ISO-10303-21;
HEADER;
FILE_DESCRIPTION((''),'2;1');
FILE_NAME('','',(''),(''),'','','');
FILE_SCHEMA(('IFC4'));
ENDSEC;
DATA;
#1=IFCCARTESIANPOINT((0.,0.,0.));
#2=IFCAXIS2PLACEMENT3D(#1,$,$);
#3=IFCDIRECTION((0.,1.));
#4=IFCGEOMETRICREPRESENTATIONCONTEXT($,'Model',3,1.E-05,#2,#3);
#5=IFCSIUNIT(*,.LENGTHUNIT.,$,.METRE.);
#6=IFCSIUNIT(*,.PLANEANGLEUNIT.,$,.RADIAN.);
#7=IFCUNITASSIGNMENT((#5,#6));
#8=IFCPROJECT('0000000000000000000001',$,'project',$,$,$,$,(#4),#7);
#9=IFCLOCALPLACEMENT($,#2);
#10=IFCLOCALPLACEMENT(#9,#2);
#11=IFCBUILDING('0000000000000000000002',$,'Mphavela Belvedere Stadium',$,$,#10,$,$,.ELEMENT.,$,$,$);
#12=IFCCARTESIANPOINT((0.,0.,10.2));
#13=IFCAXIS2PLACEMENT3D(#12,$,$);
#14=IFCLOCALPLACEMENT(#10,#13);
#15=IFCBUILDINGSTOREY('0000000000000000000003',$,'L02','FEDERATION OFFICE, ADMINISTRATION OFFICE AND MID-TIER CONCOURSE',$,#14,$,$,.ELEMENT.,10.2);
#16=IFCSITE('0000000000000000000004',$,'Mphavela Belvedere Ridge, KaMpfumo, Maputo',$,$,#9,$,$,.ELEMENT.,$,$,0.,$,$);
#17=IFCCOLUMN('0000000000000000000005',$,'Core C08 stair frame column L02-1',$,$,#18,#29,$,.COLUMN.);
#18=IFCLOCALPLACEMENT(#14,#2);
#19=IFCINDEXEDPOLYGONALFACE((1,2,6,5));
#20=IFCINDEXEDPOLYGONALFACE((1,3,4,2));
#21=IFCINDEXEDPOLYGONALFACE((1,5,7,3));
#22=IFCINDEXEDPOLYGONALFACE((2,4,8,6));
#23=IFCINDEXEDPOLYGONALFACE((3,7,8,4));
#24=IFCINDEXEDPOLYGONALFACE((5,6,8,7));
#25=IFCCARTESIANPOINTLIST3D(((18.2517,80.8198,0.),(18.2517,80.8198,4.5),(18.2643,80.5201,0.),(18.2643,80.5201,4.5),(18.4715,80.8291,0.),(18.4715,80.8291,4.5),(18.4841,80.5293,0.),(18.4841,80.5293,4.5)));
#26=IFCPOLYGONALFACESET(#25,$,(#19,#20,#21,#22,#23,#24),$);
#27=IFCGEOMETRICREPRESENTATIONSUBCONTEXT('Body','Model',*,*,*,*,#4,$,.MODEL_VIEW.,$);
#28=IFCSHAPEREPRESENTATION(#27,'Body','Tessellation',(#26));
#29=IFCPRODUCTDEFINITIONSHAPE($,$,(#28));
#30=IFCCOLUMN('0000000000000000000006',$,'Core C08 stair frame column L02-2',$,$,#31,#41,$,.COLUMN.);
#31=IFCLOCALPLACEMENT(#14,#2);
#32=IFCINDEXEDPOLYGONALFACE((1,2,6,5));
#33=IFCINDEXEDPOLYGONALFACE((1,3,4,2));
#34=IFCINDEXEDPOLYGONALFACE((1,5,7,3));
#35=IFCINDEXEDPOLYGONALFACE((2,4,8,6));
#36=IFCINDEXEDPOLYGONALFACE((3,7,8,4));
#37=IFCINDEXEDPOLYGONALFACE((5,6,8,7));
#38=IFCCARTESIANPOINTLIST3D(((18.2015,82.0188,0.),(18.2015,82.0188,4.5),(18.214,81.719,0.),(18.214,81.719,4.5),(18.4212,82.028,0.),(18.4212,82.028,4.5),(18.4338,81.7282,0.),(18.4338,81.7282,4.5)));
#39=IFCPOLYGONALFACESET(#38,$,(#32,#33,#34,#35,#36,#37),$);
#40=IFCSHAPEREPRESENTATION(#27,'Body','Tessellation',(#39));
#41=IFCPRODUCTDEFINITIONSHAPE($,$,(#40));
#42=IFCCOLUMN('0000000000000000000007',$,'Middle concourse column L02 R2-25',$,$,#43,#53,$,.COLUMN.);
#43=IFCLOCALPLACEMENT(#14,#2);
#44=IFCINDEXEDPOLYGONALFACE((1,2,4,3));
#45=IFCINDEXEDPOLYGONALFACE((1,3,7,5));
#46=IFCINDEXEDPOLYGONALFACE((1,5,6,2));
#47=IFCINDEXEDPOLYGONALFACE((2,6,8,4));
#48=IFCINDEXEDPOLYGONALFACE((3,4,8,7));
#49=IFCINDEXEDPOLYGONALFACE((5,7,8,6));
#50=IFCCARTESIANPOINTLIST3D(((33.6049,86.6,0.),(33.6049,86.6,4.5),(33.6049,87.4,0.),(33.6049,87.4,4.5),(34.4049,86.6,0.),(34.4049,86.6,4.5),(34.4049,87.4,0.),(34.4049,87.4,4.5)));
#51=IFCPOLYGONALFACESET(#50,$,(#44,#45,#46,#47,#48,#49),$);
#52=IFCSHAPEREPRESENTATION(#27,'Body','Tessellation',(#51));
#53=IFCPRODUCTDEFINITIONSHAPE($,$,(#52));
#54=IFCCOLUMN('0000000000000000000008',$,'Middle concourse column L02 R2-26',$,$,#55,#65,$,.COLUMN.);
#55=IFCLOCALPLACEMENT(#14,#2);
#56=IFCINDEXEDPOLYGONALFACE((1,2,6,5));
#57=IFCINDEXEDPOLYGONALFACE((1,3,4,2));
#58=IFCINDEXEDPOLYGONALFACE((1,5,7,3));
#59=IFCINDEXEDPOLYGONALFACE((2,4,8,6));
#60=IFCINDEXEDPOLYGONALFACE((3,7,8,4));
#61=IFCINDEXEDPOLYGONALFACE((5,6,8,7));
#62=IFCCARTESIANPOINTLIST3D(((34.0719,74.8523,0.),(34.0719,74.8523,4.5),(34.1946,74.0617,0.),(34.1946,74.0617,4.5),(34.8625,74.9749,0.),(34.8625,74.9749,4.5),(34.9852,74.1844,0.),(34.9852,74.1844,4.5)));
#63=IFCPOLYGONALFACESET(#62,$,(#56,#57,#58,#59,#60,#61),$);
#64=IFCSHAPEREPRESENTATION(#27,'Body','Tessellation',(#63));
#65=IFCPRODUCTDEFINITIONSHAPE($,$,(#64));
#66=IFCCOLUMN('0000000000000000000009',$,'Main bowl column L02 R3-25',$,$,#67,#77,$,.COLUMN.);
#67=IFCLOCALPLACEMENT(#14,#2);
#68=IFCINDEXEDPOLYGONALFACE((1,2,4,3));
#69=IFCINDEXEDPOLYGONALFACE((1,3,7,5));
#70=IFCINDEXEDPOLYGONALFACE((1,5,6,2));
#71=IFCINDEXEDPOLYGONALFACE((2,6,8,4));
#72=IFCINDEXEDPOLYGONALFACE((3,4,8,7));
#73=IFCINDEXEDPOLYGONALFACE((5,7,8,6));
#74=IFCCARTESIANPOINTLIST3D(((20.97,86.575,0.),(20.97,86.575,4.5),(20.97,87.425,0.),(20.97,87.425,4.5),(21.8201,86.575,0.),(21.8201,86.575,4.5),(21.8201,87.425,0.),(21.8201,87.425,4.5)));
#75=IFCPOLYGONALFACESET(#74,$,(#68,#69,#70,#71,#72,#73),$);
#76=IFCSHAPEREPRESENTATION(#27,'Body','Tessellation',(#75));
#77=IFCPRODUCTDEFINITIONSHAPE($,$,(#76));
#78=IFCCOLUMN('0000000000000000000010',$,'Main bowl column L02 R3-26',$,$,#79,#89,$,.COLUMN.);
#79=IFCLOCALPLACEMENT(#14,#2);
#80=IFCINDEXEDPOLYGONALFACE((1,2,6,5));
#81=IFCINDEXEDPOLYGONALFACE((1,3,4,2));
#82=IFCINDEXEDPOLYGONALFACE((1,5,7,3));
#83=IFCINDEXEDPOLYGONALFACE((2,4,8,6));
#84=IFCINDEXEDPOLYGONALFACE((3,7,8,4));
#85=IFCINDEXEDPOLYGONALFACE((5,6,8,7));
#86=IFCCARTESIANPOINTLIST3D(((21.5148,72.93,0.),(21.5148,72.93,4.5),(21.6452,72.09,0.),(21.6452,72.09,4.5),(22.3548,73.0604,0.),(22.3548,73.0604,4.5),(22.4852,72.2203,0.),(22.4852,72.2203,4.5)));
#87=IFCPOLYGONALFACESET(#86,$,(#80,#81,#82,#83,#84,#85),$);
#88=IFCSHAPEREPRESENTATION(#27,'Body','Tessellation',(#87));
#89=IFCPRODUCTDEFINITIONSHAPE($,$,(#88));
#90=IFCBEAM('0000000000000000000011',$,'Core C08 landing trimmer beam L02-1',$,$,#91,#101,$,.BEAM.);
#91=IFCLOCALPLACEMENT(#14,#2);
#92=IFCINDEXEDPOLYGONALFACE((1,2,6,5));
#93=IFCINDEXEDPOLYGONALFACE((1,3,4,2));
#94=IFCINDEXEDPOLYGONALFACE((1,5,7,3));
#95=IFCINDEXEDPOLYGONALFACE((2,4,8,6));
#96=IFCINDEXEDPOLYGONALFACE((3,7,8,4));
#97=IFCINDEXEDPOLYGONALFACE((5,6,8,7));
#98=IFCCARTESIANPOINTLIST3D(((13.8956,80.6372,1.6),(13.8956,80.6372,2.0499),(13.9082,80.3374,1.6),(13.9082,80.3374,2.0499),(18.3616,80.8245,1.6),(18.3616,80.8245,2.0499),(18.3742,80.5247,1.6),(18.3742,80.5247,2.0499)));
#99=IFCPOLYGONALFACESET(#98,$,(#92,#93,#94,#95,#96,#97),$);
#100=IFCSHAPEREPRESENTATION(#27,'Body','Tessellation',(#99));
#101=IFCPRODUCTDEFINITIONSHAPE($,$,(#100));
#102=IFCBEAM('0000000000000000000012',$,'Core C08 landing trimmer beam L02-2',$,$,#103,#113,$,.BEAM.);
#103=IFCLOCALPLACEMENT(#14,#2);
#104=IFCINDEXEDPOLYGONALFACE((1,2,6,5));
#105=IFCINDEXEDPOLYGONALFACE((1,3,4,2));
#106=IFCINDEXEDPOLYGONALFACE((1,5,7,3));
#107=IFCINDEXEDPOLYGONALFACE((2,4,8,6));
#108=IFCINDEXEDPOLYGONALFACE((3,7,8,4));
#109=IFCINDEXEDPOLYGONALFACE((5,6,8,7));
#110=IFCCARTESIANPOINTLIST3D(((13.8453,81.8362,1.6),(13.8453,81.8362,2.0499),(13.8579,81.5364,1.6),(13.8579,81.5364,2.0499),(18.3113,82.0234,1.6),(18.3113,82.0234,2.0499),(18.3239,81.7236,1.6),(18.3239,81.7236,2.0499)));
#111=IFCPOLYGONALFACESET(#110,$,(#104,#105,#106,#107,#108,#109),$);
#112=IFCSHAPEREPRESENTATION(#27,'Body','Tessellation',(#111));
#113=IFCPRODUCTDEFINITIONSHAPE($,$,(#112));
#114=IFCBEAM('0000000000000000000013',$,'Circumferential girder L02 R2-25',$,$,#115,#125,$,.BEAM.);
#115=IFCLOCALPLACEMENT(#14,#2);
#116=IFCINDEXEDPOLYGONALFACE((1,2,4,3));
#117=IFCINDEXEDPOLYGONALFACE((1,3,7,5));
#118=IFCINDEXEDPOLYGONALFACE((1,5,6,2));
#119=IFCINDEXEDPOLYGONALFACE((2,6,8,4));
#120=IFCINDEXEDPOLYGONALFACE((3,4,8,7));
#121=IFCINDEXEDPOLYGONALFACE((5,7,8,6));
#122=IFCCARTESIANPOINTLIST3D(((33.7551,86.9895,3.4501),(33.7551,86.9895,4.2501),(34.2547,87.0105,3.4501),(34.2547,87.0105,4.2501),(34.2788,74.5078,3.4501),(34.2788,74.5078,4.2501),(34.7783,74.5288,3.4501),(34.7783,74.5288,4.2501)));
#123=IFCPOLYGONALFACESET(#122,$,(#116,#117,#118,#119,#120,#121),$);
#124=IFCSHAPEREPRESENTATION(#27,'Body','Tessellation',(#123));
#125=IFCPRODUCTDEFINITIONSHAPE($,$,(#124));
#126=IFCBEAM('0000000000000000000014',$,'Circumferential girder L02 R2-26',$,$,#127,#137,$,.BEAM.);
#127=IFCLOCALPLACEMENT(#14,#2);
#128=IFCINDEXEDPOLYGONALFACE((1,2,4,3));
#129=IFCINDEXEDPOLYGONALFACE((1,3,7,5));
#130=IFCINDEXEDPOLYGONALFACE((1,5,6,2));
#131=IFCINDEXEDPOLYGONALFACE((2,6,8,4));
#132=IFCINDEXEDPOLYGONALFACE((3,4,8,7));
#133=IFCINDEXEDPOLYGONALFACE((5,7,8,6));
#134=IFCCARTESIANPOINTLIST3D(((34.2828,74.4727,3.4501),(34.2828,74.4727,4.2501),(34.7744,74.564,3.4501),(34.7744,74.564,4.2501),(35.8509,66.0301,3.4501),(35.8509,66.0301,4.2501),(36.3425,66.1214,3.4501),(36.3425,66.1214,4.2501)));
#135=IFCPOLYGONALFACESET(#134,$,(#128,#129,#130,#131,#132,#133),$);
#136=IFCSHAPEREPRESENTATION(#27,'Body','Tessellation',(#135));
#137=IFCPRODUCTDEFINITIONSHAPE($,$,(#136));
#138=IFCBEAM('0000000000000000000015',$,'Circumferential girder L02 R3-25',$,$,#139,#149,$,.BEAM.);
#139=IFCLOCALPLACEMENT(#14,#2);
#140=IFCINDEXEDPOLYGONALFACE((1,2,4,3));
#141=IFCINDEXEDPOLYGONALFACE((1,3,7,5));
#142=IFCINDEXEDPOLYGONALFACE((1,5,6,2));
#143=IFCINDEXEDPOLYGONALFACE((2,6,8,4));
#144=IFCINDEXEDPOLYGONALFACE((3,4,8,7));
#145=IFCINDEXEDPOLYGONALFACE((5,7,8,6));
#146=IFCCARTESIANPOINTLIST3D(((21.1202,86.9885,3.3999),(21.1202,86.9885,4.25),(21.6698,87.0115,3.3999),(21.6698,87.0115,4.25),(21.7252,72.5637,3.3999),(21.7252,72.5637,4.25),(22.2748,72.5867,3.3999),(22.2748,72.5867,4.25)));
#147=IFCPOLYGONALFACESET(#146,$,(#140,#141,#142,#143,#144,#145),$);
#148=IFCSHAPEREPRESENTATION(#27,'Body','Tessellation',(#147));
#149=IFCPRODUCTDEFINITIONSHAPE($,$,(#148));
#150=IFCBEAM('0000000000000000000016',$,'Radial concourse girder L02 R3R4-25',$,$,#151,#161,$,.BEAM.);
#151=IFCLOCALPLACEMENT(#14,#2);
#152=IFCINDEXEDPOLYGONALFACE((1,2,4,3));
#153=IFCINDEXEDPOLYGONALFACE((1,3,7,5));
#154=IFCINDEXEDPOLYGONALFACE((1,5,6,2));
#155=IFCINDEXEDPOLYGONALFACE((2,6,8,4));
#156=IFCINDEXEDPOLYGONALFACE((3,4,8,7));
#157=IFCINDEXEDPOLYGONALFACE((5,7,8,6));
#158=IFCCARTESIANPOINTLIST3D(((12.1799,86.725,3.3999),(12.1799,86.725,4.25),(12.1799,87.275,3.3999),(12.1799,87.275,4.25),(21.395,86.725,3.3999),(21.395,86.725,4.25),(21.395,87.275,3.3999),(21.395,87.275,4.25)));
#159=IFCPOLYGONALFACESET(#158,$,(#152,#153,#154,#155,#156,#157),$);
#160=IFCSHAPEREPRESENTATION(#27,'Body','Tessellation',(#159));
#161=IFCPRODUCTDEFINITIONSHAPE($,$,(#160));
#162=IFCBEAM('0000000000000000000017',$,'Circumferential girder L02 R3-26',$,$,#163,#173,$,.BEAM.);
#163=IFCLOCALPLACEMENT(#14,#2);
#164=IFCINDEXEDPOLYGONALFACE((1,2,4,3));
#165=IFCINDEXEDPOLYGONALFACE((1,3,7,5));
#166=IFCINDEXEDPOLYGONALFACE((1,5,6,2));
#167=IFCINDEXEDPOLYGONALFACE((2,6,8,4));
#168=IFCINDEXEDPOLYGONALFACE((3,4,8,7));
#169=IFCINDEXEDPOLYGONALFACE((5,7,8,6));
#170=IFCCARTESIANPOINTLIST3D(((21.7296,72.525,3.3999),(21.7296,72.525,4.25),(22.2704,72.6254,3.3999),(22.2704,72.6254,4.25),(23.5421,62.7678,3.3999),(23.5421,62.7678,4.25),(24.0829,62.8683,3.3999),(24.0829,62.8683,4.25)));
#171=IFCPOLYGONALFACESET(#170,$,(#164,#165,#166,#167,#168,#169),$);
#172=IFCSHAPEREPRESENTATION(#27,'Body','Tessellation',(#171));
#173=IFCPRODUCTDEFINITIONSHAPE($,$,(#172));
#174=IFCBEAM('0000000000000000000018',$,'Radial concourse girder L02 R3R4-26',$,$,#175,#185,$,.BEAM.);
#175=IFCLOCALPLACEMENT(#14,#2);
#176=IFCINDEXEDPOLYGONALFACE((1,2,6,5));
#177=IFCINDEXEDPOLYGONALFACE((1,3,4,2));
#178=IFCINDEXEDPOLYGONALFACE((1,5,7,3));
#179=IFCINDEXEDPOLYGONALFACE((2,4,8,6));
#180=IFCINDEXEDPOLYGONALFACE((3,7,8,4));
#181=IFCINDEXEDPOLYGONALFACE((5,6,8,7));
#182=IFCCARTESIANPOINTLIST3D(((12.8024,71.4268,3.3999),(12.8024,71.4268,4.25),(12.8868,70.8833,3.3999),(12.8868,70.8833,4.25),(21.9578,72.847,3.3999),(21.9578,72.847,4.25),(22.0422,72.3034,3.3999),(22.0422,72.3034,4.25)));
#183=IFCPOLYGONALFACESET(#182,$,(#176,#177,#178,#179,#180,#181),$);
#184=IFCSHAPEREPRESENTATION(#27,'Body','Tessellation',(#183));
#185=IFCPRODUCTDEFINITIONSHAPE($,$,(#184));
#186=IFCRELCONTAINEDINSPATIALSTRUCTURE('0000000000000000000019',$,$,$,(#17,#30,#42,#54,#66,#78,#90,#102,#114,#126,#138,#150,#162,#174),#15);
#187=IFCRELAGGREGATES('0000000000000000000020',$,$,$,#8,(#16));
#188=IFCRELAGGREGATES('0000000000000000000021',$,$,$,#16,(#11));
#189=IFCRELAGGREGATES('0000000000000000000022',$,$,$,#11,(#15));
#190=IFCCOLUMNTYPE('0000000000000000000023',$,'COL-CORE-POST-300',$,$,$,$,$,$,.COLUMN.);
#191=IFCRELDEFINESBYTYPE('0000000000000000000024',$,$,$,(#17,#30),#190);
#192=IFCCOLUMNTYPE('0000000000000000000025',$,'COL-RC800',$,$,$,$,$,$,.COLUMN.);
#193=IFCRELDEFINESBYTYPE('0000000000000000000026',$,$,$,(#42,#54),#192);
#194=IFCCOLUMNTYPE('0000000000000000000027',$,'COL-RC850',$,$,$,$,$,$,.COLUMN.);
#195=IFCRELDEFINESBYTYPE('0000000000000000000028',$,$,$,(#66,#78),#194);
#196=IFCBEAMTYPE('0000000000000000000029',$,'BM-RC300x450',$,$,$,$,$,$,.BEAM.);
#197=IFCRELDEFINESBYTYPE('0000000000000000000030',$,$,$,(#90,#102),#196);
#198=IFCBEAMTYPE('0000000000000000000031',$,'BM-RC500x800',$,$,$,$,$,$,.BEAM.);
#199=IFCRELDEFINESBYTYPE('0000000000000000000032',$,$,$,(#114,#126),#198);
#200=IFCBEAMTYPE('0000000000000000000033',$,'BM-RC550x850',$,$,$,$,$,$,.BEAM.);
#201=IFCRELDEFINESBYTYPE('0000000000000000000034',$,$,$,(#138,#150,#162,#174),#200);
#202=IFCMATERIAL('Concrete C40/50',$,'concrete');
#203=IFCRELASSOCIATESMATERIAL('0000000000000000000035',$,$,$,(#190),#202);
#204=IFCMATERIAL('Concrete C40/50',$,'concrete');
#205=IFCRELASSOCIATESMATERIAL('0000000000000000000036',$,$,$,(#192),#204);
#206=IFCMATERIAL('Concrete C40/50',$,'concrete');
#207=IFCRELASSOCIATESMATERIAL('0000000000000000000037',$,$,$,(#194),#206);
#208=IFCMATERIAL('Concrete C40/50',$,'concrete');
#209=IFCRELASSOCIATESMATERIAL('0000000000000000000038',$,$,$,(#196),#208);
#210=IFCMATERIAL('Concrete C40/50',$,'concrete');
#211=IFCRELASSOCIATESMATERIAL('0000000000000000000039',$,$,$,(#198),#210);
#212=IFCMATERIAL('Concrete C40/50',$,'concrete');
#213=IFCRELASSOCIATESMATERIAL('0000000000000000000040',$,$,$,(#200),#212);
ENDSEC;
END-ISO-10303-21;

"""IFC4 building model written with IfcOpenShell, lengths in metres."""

from ifc_helpers import new_model, si_unit, direction, frame, origin, origin_2d, place, context, subcontext, project, spatial, rectangle, extrude, material, material_profile, profile_set, type_object, element, save


model = new_model("IFC4")

# Units and contexts
model_context = context("Model", 3, precision=1e-05, world=origin(), true_north=direction((0.0, 1.0)))
body_context = subcontext(model_context, "Body", "Model", "MODEL_VIEW")
ifc_project = project(units=[si_unit("LENGTHUNIT", "METRE"), si_unit("PLANEANGLEUNIT", "RADIAN")], contexts=[model_context])

# Site, building, storey
site_placement = place(None, origin())
site = spatial("IfcSite", under=ifc_project, at=site_placement, Name="Mphavela Belvedere Ridge, KaMpfumo, Maputo", CompositionType="ELEMENT", RefElevation=0.0)
building_placement = place(site_placement, origin())
building = spatial("IfcBuilding", under=site, at=building_placement, Name="Mphavela Belvedere Stadium", CompositionType="ELEMENT")
storey_placement = place(building_placement, frame((0.0, 0.0, 10.2)))
storey = spatial("IfcBuildingStorey", under=building, at=storey_placement, Name="L02", Description="FEDERATION OFFICE, ADMINISTRATION OFFICE AND MID-TIER CONCOURSE", CompositionType="ELEMENT", Elevation=10.2)

# Columns
ifc_material_1 = material(Name="Concrete C40/50", Category="concrete")
ifc_material_profile_1 = material_profile(ifc_material_1, rectangle(XDim=0.3, YDim=0.22, at=origin_2d()), Name="RC 300x220")
ifc_profile_set_1 = profile_set([ifc_material_profile_1], Name="Concrete C40/50")
column_type_1 = type_object("IfcColumnType", Name="COL-CORE-POST-300", PredefinedType="COLUMN", material=ifc_profile_set_1)
for number, where, z_axis, x_axis, name in (
    (1, (18.3679, 80.6746, 0.0), (0.0, 0.0, 1.0), (-0.041876, 0.999123, 0.0), "Core C08 stair frame column L02-1"),
    (2, (18.3176, 81.8735, 0.0), (0.0, 0.0, 1.0), (-0.041876, 0.999123, 0.0), "Core C08 stair frame column L02-2"),
):
    element("IfcColumn", number, at=place(storey_placement, frame(where, z_axis=z_axis, x_axis=x_axis)), inside=storey, type_object=column_type_1, Name=name, PredefinedType="COLUMN", context=body_context, shape_type="SweptSolid", body=[
        extrude(rectangle(XDim=0.3, YDim=0.22, at=origin_2d()), origin(), (0.0, 0.0, 1.0), 4.5),
    ])
ifc_material_2 = material(Name="Concrete C40/50", Category="concrete")
ifc_material_profile_2 = material_profile(ifc_material_2, rectangle(XDim=0.8, YDim=0.8, at=origin_2d()), Name="RC 800x800")
ifc_profile_set_2 = profile_set([ifc_material_profile_2], Name="Concrete C40/50")
column_type_2 = type_object("IfcColumnType", Name="COL-RC800", PredefinedType="COLUMN", material=ifc_profile_set_2)
for number, where, z_axis, x_axis, name in (
    (3, (34.0049, 87.0, 0.0), (0.0, 0.0, 1.0), (-1.0, 0.0, 0.0), "Middle concourse column L02 R2-25"),
    (4, (34.5286, 74.5183, 0.0), (0.0, 0.0, 1.0), (-0.988175, -0.153331, 0.0), "Middle concourse column L02 R2-26"),
):
    element("IfcColumn", number, at=place(storey_placement, frame(where, z_axis=z_axis, x_axis=x_axis)), inside=storey, type_object=column_type_2, Name=name, PredefinedType="COLUMN", context=body_context, shape_type="SweptSolid", body=[
        extrude(rectangle(XDim=0.8, YDim=0.8, at=origin_2d()), origin(), (0.0, 0.0, 1.0), 4.5),
    ])
ifc_material_3 = material(Name="Concrete C40/50", Category="concrete")
ifc_material_profile_3 = material_profile(ifc_material_3, rectangle(XDim=0.8501, YDim=0.8501, at=origin_2d()), Name="RC 850x850")
ifc_profile_set_3 = profile_set([ifc_material_profile_3], Name="Concrete C40/50")
column_type_3 = type_object("IfcColumnType", Name="COL-RC850", PredefinedType="COLUMN", material=ifc_profile_set_3)
for number, where, z_axis, x_axis, name in (
    (5, (21.395, 87.0, 0.0), (0.0, 0.0, 1.0), (-1.0, 0.0, 0.0), "Main bowl column L02 R3-25"),
    (6, (22.0, 72.5752, 0.0), (0.0, 0.0, 1.0), (-0.988175, -0.153331, 0.0), "Main bowl column L02 R3-26"),
):
    element("IfcColumn", number, at=place(storey_placement, frame(where, z_axis=z_axis, x_axis=x_axis)), inside=storey, type_object=column_type_3, Name=name, PredefinedType="COLUMN", context=body_context, shape_type="SweptSolid", body=[
        extrude(rectangle(XDim=0.8501, YDim=0.8501, at=origin_2d()), origin(), (0.0, 0.0, 1.0), 4.5),
    ])

# Beams
ifc_material_4 = material(Name="Concrete C40/50", Category="concrete")
ifc_material_profile_4 = material_profile(ifc_material_4, rectangle(XDim=0.3, YDim=0.45, at=origin_2d()), Name="RC 300x450")
ifc_profile_set_4 = profile_set([ifc_material_profile_4], Name="Concrete C40/50")
beam_type_1 = type_object("IfcBeamType", Name="BM-RC300x450", PredefinedType="BEAM", material=ifc_profile_set_4)
for number, where, z_axis, x_axis, name in (
    (7, (18.3679, 80.6746, 1.825), (-0.999122, -0.041892, 0.0), (0.041892, -0.999122, 0.0), "Core C08 landing trimmer beam L02-1"),
    (8, (18.3176, 81.8735, 1.825), (-0.999122, -0.041892, 0.0), (0.041892, -0.999122, 0.0), "Core C08 landing trimmer beam L02-2"),
):
    element("IfcBeam", number, at=place(storey_placement, frame(where, z_axis=z_axis, x_axis=x_axis)), inside=storey, type_object=beam_type_1, Name=name, PredefinedType="BEAM", context=body_context, shape_type="SweptSolid", body=[
        extrude(rectangle(XDim=0.3, YDim=0.45, at=origin_2d()), origin(), (0.0, 0.0, 1.0), 4.47),
    ])
ifc_material_5 = material(Name="Concrete C40/50", Category="concrete")
ifc_material_profile_5 = material_profile(ifc_material_5, rectangle(XDim=0.5, YDim=0.8, at=origin_2d()), Name="RC 500x800")
ifc_profile_set_5 = profile_set([ifc_material_profile_5], Name="Concrete C40/50")
beam_type_2 = type_object("IfcBeamType", Name="BM-RC500x800", PredefinedType="BEAM", material=ifc_profile_set_5)
beam_1_placement = place(storey_placement, frame((34.0049, 87.0, 3.8501), z_axis=(0.041919, -0.999121, 0.0), x_axis=(0.999121, 0.041919, 0.0)))
element("IfcBeam", 9, at=beam_1_placement, inside=storey, type_object=beam_type_2, Name="Circumferential girder L02 R2-25", PredefinedType="BEAM", context=body_context, shape_type="SweptSolid", body=[
    extrude(rectangle(XDim=0.5, YDim=0.8, at=origin_2d()), origin(), (0.0, 0.0, 1.0), 12.4927),
])
beam_2_placement = place(storey_placement, frame((34.5286, 74.5183, 3.8501), z_axis=(0.182615, -0.983185, 0.0), x_axis=(0.983185, 0.182615, 0.0)))
element("IfcBeam", 10, at=beam_2_placement, inside=storey, type_object=beam_type_2, Name="Circumferential girder L02 R2-26", PredefinedType="BEAM", context=body_context, shape_type="SweptSolid", body=[
    extrude(rectangle(XDim=0.5, YDim=0.8, at=origin_2d()), origin(), (0.0, 0.0, 1.0), 8.5869),
])
ifc_material_6 = material(Name="Concrete C40/50", Category="concrete")
ifc_material_profile_6 = material_profile(ifc_material_6, rectangle(XDim=0.55, YDim=0.8501, at=origin_2d()), Name="RC 550x850")
ifc_profile_set_6 = profile_set([ifc_material_profile_6], Name="Concrete C40/50")
beam_type_3 = type_object("IfcBeamType", Name="BM-RC550x850", PredefinedType="BEAM", material=ifc_profile_set_6)
beam_3_placement = place(storey_placement, frame((21.395, 87.0, 3.825), z_axis=(0.041903, -0.999122, 0.0), x_axis=(0.999122, 0.041903, 0.0)))
element("IfcBeam", 11, at=beam_3_placement, inside=storey, type_object=beam_type_3, Name="Circumferential girder L02 R3-25", PredefinedType="BEAM", context=body_context, shape_type="SweptSolid", body=[
    extrude(rectangle(XDim=0.55, YDim=0.8501, at=origin_2d()), origin(), (0.0, 0.0, 1.0), 14.4375),
])
beam_4_placement = place(storey_placement, frame((21.395, 87.0, 3.825), z_axis=(-1.0, 0.0, 0.0), x_axis=(0.0, -1.0, 0.0)))
element("IfcBeam", 12, at=beam_4_placement, inside=storey, type_object=beam_type_3, Name="Radial concourse girder L02 R3R4-25", PredefinedType="BEAM", context=body_context, shape_type="SweptSolid", body=[
    extrude(rectangle(XDim=0.55, YDim=0.8501, at=origin_2d()), origin(), (0.0, 0.0, 1.0), 9.2151),
])
beam_5_placement = place(storey_placement, frame((22.0, 72.5752, 3.825), z_axis=(0.182638, -0.98318, 0.0), x_axis=(0.98318, 0.182638, 0.0)))
element("IfcBeam", 13, at=beam_5_placement, inside=storey, type_object=beam_type_3, Name="Circumferential girder L02 R3-26", PredefinedType="BEAM", context=body_context, shape_type="SweptSolid", body=[
    extrude(rectangle(XDim=0.55, YDim=0.8501, at=origin_2d()), origin(), (0.0, 0.0, 1.0), 9.9241),
])
beam_6_placement = place(storey_placement, frame((22.0, 72.5752, 3.825), z_axis=(-0.988182, -0.153283, 0.0), x_axis=(0.153283, -0.988182, 0.0)))
element("IfcBeam", 14, at=beam_6_placement, inside=storey, type_object=beam_type_3, Name="Radial concourse girder L02 R3R4-26", PredefinedType="BEAM", context=body_context, shape_type="SweptSolid", body=[
    extrude(rectangle(XDim=0.55, YDim=0.8501, at=origin_2d()), origin(), (0.0, 0.0, 1.0), 9.2649),
])

save(model, "model.ifc")
